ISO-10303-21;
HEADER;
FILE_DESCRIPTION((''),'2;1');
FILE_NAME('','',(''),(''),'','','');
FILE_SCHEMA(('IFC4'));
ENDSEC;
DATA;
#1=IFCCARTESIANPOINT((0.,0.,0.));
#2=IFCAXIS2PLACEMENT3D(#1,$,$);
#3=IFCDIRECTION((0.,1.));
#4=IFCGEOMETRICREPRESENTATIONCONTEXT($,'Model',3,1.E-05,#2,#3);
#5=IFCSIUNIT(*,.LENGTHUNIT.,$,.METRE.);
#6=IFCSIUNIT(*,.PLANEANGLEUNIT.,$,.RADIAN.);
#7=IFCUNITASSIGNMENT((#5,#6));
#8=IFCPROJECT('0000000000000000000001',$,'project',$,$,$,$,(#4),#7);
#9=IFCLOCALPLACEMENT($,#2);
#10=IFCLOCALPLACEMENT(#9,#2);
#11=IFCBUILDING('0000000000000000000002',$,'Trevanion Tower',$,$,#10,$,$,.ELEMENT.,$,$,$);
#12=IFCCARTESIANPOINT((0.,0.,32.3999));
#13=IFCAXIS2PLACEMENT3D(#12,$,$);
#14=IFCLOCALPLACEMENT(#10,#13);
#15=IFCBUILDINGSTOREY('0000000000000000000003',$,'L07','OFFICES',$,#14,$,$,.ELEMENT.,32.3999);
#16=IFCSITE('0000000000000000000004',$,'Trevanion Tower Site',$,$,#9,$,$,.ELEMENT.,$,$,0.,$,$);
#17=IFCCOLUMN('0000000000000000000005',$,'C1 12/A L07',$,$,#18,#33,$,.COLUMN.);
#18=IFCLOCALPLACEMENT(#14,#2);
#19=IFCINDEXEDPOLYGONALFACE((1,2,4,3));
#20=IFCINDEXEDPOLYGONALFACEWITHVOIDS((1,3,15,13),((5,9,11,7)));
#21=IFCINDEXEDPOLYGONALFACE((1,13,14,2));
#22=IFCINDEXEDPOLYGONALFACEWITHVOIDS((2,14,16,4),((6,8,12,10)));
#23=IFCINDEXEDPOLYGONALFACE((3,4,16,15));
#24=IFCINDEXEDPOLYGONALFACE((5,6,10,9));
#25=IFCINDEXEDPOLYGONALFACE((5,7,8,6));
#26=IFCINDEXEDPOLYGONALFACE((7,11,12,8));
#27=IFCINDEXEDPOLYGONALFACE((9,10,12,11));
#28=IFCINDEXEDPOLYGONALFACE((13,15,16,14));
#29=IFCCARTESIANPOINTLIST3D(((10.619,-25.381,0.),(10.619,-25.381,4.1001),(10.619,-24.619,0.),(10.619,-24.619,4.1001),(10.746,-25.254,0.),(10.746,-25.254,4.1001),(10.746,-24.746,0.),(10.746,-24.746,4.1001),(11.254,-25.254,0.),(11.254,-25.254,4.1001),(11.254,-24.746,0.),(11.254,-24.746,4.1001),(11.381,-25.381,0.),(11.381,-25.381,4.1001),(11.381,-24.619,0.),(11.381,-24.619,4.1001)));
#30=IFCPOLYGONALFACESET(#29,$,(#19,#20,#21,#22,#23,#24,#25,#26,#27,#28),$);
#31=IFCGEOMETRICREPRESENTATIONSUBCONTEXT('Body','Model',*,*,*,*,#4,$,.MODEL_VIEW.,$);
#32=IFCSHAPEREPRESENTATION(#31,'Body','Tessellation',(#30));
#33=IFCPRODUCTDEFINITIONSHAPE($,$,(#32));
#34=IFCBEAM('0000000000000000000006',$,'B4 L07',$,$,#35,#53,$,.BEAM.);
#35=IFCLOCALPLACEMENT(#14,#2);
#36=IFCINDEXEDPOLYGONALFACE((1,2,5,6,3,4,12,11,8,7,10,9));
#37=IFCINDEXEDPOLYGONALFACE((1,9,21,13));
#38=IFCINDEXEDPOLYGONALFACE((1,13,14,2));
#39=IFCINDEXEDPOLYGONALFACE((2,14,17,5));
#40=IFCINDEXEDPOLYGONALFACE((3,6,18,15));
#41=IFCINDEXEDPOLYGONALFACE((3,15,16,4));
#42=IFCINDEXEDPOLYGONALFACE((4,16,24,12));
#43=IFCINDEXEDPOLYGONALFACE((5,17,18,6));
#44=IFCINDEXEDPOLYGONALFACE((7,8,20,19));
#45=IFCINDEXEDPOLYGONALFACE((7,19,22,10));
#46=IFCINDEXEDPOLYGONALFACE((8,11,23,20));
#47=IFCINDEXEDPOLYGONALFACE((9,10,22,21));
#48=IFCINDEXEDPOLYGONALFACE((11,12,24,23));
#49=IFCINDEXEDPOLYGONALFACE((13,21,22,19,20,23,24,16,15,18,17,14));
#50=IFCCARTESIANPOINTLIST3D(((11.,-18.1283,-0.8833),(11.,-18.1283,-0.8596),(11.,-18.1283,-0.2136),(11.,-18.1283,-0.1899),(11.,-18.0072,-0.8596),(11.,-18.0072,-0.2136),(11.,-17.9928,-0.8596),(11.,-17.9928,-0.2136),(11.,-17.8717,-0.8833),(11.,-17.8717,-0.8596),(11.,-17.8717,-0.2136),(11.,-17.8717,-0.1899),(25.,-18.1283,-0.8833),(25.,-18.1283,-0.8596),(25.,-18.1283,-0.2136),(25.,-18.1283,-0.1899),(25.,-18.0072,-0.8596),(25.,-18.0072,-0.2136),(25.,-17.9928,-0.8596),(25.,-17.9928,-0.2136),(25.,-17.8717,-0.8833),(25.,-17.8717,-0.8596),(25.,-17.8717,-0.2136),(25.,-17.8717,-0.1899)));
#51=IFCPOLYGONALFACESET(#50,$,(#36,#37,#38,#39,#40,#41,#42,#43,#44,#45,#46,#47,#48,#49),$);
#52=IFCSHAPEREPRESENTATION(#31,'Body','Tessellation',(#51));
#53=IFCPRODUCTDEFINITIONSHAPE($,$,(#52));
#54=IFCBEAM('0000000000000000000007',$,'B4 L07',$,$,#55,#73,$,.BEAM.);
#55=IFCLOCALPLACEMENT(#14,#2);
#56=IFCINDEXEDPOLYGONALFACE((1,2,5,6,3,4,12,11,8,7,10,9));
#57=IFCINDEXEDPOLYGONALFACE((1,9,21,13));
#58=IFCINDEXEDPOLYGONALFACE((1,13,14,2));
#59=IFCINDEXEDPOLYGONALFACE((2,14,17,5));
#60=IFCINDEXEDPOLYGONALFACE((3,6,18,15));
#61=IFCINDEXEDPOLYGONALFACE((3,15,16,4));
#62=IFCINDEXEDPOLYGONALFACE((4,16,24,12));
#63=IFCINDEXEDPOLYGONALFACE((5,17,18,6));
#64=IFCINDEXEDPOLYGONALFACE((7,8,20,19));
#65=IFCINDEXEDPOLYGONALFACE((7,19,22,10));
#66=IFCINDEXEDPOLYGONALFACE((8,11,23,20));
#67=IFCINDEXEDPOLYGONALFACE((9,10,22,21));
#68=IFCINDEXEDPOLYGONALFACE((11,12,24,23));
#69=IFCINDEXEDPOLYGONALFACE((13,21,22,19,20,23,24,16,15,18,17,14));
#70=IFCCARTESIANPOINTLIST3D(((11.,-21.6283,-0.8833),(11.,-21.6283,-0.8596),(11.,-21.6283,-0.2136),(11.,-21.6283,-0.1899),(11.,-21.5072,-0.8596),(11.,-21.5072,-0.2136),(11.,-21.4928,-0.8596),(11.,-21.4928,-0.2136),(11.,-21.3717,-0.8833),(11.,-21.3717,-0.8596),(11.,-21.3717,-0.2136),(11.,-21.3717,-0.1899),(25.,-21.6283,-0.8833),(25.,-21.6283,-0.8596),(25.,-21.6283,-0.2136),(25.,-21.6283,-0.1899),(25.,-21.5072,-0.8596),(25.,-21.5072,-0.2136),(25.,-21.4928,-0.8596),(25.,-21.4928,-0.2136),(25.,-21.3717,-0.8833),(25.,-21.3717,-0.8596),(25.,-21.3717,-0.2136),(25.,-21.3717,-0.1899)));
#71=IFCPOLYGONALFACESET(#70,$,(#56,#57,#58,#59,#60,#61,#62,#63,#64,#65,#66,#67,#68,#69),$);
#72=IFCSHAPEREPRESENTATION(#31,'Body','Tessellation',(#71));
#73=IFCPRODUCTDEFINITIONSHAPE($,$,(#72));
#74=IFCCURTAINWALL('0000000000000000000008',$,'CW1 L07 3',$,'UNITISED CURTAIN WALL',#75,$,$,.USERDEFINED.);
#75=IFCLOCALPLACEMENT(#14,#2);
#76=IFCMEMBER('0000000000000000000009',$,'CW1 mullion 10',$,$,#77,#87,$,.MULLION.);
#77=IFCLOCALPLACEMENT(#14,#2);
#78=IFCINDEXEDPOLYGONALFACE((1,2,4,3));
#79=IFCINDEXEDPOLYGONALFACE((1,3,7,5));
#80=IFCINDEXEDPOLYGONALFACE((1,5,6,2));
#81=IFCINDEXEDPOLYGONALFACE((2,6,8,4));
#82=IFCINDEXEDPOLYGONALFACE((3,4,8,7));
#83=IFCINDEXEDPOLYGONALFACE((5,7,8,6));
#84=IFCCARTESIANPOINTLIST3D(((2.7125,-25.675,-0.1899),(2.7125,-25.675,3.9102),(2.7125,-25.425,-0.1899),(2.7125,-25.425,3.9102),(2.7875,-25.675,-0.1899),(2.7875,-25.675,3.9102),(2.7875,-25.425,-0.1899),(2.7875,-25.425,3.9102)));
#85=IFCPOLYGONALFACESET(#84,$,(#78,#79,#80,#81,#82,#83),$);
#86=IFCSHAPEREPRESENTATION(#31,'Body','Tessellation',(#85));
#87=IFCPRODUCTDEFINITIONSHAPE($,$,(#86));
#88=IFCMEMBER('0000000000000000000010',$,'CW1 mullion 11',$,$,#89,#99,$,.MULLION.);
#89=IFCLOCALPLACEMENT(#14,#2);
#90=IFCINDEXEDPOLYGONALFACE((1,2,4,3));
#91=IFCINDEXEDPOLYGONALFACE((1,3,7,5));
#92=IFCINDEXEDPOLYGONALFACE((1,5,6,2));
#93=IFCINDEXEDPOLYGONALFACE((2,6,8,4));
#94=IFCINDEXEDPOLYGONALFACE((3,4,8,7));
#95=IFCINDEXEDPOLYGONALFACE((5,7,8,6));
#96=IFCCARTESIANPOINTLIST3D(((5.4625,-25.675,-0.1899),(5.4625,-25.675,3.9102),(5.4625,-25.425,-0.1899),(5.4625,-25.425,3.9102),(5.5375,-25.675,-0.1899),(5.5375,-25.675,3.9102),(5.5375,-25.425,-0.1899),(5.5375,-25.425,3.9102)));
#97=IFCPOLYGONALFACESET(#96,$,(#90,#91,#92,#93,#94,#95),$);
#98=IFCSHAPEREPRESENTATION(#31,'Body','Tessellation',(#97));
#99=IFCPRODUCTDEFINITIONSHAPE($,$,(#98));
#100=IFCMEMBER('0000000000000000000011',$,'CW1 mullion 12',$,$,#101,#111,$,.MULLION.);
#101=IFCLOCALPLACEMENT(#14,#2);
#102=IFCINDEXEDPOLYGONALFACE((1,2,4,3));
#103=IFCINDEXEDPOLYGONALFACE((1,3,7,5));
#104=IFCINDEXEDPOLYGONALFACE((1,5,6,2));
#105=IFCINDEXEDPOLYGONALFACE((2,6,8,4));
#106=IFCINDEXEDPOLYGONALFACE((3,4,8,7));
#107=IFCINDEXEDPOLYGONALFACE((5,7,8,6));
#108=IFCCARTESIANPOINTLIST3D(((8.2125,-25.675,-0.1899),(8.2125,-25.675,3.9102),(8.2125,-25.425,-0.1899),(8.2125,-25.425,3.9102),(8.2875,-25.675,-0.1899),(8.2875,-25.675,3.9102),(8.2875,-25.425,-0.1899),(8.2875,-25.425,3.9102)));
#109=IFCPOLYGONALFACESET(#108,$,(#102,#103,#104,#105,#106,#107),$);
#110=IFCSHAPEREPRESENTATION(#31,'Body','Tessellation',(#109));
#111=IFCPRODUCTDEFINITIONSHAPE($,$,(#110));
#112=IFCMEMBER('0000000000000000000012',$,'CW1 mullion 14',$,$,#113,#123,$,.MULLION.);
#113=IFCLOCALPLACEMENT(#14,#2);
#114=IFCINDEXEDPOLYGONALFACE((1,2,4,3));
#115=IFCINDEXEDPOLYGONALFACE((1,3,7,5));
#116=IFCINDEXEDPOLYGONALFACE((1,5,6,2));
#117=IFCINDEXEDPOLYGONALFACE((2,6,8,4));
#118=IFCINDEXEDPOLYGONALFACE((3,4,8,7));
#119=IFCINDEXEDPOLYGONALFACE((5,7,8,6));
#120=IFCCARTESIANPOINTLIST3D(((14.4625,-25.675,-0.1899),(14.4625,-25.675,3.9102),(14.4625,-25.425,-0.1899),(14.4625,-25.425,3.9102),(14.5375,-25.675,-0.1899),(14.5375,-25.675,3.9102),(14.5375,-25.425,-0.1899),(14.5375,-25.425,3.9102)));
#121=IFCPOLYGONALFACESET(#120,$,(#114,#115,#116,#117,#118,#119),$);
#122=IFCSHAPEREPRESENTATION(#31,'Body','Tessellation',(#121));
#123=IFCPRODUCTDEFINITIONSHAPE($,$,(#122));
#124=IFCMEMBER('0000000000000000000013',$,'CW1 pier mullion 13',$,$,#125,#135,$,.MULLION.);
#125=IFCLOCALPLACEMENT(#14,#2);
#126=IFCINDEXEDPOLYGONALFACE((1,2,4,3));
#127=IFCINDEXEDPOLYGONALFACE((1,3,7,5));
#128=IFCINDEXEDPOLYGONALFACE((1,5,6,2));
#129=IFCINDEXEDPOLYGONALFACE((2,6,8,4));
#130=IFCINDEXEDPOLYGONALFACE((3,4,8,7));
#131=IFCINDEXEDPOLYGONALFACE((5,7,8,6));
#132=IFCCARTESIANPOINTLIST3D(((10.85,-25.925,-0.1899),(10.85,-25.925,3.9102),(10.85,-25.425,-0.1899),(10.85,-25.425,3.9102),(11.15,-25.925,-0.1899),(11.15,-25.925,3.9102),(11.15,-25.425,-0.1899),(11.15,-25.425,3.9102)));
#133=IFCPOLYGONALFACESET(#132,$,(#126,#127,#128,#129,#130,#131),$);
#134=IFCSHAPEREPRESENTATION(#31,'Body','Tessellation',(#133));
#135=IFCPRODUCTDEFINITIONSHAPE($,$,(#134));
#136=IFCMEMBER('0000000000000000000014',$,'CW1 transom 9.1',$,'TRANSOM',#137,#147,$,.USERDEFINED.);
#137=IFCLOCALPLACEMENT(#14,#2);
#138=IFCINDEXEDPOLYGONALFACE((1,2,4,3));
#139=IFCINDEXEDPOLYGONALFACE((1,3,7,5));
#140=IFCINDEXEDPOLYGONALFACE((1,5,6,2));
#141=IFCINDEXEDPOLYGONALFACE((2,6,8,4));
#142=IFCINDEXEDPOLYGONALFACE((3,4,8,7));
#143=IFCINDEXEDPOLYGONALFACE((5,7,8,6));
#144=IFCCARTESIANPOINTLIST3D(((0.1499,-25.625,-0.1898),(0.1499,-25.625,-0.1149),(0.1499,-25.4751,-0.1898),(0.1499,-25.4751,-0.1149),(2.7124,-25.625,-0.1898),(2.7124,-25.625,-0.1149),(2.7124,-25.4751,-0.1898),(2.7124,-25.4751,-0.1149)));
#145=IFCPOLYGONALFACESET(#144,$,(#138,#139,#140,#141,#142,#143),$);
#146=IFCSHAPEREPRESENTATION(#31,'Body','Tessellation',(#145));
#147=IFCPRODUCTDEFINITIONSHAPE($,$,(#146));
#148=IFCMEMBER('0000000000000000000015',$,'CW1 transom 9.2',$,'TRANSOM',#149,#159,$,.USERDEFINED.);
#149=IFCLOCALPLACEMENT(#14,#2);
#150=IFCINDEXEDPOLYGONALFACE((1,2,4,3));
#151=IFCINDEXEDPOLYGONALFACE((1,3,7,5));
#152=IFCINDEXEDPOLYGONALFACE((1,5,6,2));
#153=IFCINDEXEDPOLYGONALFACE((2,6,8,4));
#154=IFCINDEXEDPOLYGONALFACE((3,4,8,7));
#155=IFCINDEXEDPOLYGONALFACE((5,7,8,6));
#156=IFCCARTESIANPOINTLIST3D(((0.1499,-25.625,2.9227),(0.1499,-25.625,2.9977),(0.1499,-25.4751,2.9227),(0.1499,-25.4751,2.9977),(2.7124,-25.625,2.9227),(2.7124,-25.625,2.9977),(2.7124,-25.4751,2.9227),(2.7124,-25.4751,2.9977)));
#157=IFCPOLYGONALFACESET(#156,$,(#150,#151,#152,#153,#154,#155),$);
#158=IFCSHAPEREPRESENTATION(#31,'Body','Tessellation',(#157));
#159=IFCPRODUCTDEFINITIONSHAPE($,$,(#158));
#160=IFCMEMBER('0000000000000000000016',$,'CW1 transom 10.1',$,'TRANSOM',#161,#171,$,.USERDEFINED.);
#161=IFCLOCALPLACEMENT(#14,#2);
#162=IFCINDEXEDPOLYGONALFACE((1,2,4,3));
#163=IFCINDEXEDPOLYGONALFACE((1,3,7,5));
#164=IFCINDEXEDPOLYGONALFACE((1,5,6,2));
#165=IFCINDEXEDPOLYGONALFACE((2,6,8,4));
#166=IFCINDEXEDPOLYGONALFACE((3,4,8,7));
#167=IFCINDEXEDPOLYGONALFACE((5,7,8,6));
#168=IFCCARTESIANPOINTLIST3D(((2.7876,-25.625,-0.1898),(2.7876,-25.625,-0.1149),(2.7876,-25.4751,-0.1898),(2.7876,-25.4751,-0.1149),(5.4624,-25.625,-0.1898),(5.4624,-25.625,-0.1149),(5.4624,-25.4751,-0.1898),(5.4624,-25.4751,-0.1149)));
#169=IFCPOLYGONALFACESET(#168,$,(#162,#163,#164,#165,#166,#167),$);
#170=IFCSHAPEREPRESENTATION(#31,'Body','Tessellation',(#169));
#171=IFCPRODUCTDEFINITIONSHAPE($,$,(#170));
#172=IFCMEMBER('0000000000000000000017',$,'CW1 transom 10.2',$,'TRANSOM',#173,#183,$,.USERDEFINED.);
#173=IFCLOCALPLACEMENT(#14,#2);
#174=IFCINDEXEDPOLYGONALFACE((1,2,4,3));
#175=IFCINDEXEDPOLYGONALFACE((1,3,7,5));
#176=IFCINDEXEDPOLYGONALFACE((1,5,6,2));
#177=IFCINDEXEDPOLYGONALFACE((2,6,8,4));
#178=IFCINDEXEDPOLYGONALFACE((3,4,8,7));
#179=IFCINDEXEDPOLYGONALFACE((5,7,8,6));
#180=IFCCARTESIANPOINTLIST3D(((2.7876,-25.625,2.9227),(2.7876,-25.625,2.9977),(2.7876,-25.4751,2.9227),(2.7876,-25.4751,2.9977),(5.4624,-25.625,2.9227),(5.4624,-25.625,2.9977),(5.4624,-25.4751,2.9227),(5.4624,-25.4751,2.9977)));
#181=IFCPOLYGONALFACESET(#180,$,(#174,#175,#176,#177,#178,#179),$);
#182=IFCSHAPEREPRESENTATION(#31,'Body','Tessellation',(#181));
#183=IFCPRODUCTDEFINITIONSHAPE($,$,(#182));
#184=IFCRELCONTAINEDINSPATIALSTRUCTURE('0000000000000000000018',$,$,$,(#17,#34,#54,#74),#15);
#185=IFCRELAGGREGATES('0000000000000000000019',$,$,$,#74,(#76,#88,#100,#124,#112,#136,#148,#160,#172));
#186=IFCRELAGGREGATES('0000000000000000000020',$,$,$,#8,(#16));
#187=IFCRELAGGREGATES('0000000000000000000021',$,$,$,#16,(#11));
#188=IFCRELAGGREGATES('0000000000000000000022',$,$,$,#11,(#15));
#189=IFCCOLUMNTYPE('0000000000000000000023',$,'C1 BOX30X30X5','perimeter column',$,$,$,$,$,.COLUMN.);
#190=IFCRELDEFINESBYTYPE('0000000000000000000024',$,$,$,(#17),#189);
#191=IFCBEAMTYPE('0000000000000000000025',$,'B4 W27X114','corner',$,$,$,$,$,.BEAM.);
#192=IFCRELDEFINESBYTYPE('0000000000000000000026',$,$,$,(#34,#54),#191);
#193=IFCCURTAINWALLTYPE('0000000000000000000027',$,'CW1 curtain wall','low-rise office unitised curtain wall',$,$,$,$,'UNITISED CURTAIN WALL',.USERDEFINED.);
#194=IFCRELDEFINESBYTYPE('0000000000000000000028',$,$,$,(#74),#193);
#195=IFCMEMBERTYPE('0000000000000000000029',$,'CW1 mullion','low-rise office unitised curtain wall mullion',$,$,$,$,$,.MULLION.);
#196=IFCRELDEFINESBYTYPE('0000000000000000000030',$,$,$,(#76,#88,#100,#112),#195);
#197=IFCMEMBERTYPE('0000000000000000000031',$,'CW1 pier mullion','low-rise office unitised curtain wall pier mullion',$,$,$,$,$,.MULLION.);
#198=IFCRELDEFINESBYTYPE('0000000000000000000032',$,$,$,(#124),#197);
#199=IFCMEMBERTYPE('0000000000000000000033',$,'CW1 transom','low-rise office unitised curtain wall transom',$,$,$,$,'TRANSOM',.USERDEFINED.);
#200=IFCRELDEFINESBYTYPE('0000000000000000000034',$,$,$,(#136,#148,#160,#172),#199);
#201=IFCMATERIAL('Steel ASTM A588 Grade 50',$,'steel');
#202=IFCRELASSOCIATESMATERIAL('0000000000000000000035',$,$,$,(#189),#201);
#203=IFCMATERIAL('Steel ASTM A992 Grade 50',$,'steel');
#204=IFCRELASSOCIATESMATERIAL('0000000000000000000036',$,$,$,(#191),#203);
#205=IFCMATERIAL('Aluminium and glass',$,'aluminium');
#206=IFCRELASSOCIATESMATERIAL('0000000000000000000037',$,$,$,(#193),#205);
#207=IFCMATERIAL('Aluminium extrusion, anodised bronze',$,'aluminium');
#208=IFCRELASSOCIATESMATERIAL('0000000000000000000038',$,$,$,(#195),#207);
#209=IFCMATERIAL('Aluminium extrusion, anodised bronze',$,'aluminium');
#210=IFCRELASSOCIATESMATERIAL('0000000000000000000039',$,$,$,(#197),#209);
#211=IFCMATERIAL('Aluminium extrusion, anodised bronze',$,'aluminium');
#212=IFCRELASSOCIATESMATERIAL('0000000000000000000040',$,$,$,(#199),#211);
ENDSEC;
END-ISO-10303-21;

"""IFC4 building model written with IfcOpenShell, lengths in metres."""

from ifc_helpers import new_model, si_unit, direction, frame, origin, origin_2d, place, context, subcontext, project, spatial, rectangle, hollow_rectangle, i_section, extrude, material, material_profile, profile_set, type_object, element, aggregate, save


model = new_model("IFC4")

# Units and contexts
model_context = context("Model", 3, precision=1e-05, world=origin(), true_north=direction((0.0, 1.0)))
body_context = subcontext(model_context, "Body", "Model", "MODEL_VIEW")
ifc_project = project(units=[si_unit("LENGTHUNIT", "METRE"), si_unit("PLANEANGLEUNIT", "RADIAN")], contexts=[model_context])

# Site, building, storey
site_placement = place(None, origin())
site = spatial("IfcSite", under=ifc_project, at=site_placement, Name="Trevanion Tower Site", CompositionType="ELEMENT", RefElevation=0.0)
building_placement = place(site_placement, origin())
building = spatial("IfcBuilding", under=site, at=building_placement, Name="Trevanion Tower", CompositionType="ELEMENT")
storey_placement = place(building_placement, frame((0.0, 0.0, 32.3999)))
storey = spatial("IfcBuildingStorey", under=building, at=storey_placement, Name="L07", Description="OFFICES", CompositionType="ELEMENT", Elevation=32.3999)

# Column
ifc_material_1 = material(Name="Steel ASTM A588 Grade 50", Category="steel")
ifc_material_profile_1 = material_profile(ifc_material_1, hollow_rectangle(XDim=0.762, YDim=0.762, WallThickness=0.127, at=origin_2d()), Name="BOX30X30X5")
ifc_profile_set_1 = profile_set([ifc_material_profile_1], Name="Steel ASTM A588 Grade 50")
column_type = type_object("IfcColumnType", Name="C1 BOX30X30X5", Description="perimeter column", PredefinedType="COLUMN", material=ifc_profile_set_1)
column_placement = place(storey_placement, frame((11.0, -25.0, 0.0), z_axis=(0.0, 0.0, 1.0), x_axis=(1.0, 0.0, 0.0)))
element("IfcColumn", 1, at=column_placement, inside=storey, type_object=column_type, Name="C1 12/A L07", PredefinedType="COLUMN", context=body_context, shape_type="SweptSolid", body=[
    extrude(hollow_rectangle(XDim=0.762, YDim=0.762, WallThickness=0.127, at=origin_2d()), origin(), (0.0, 0.0, 1.0), 4.1001),
])

# Beams
ifc_material_2 = material(Name="Steel ASTM A992 Grade 50", Category="steel")
ifc_material_profile_2 = material_profile(ifc_material_2, i_section(OverallWidth=0.2566, OverallDepth=0.6934, WebThickness=0.0144, FlangeThickness=0.0237, at=origin_2d()), Name="W27X114")
ifc_profile_set_2 = profile_set([ifc_material_profile_2], Name="Steel ASTM A992 Grade 50")
beam_type_1 = type_object("IfcBeamType", Name="B4 W27X114", Description="corner", PredefinedType="BEAM", material=ifc_profile_set_2)
for number, where, z_axis, x_axis, name in (
    (2, (11.0, -18.0, -0.5366), (1.0, 0.0, 0.0), (0.0, 1.0, 0.0), "B4 L07"),
    (3, (11.0, -21.5, -0.5366), (1.0, 0.0, 0.0), (0.0, 1.0, 0.0), "B4 L07"),
):
    element("IfcBeam", number, at=place(storey_placement, frame(where, z_axis=z_axis, x_axis=x_axis)), inside=storey, type_object=beam_type_1, Name=name, PredefinedType="BEAM", context=body_context, shape_type="SweptSolid", body=[
        extrude(i_section(OverallWidth=0.2566, OverallDepth=0.6934, WebThickness=0.0144, FlangeThickness=0.0237, at=origin_2d()), origin(), (0.0, 0.0, 1.0), 14.0),
    ])

# Curtain wall, members
ifc_material_3 = material(Name="Aluminium and glass", Category="aluminium")
curtain_wall_type = type_object("IfcCurtainWallType", Name="CW1 curtain wall", Description="low-rise office unitised curtain wall", ElementType="UNITISED CURTAIN WALL", PredefinedType="USERDEFINED", material=ifc_material_3)
curtain_wall_placement = place(storey_placement, origin())
curtain_wall = element("IfcCurtainWall", 4, at=curtain_wall_placement, inside=storey, type_object=curtain_wall_type, Name="CW1 L07 3", ObjectType="UNITISED CURTAIN WALL", PredefinedType="USERDEFINED")
ifc_material_4 = material(Name="Aluminium extrusion, anodised bronze", Category="aluminium")
ifc_material_profile_3 = material_profile(ifc_material_4, rectangle(XDim=0.075, YDim=0.25, at=origin_2d()), Name="CW1 mullion")
ifc_profile_set_3 = profile_set([ifc_material_profile_3], Name="Aluminium extrusion, anodised bronze")
member_type_1 = type_object("IfcMemberType", Name="CW1 mullion", Description="low-rise office unitised curtain wall mullion", PredefinedType="MULLION", material=ifc_profile_set_3)
member_1_placement = place(storey_placement, frame((2.75, -25.55, -0.1899), z_axis=(0.0, 0.0, 1.0), x_axis=(1.0, 0.0, 0.0)))
member_1 = element("IfcMember", 5, at=member_1_placement, type_object=member_type_1, Name="CW1 mullion 10", PredefinedType="MULLION", context=body_context, shape_type="SweptSolid", body=[
    extrude(rectangle(XDim=0.075, YDim=0.25, at=origin_2d()), origin(), (0.0, 0.0, 1.0), 4.1001),
])
member_2_placement = place(storey_placement, frame((5.5, -25.55, -0.1899), z_axis=(0.0, 0.0, 1.0), x_axis=(1.0, 0.0, 0.0)))
member_2 = element("IfcMember", 6, at=member_2_placement, type_object=member_type_1, Name="CW1 mullion 11", PredefinedType="MULLION", context=body_context, shape_type="SweptSolid", body=[
    extrude(rectangle(XDim=0.075, YDim=0.25, at=origin_2d()), origin(), (0.0, 0.0, 1.0), 4.1001),
])
member_3_placement = place(storey_placement, frame((8.25, -25.55, -0.1899), z_axis=(0.0, 0.0, 1.0), x_axis=(1.0, 0.0, 0.0)))
member_3 = element("IfcMember", 7, at=member_3_placement, type_object=member_type_1, Name="CW1 mullion 12", PredefinedType="MULLION", context=body_context, shape_type="SweptSolid", body=[
    extrude(rectangle(XDim=0.075, YDim=0.25, at=origin_2d()), origin(), (0.0, 0.0, 1.0), 4.1001),
])
member_4_placement = place(storey_placement, frame((14.5, -25.55, -0.1899), z_axis=(0.0, 0.0, 1.0), x_axis=(1.0, 0.0, 0.0)))
member_4 = element("IfcMember", 8, at=member_4_placement, type_object=member_type_1, Name="CW1 mullion 14", PredefinedType="MULLION", context=body_context, shape_type="SweptSolid", body=[
    extrude(rectangle(XDim=0.075, YDim=0.25, at=origin_2d()), origin(), (0.0, 0.0, 1.0), 4.1001),
])
ifc_material_5 = material(Name="Aluminium extrusion, anodised bronze", Category="aluminium")
ifc_material_profile_4 = material_profile(ifc_material_5, rectangle(XDim=0.3, YDim=0.5, at=origin_2d()), Name="CW1 pier mullion")
ifc_profile_set_4 = profile_set([ifc_material_profile_4], Name="Aluminium extrusion, anodised bronze")
member_type_2 = type_object("IfcMemberType", Name="CW1 pier mullion", Description="low-rise office unitised curtain wall pier mullion", PredefinedType="MULLION", material=ifc_profile_set_4)
member_5_placement = place(storey_placement, frame((11.0, -25.675, -0.1899), z_axis=(0.0, 0.0, 1.0), x_axis=(1.0, 0.0, 0.0)))
member_5 = element("IfcMember", 9, at=member_5_placement, type_object=member_type_2, Name="CW1 pier mullion 13", PredefinedType="MULLION", context=body_context, shape_type="SweptSolid", body=[
    extrude(rectangle(XDim=0.3, YDim=0.5, at=origin_2d()), origin(), (0.0, 0.0, 1.0), 4.1001),
])
ifc_material_6 = material(Name="Aluminium extrusion, anodised bronze", Category="aluminium")
ifc_material_profile_5 = material_profile(ifc_material_6, rectangle(XDim=0.1499, YDim=0.075, at=origin_2d()), Name="CW1 transom")
ifc_profile_set_5 = profile_set([ifc_material_profile_5], Name="Aluminium extrusion, anodised bronze")
member_type_3 = type_object("IfcMemberType", Name="CW1 transom", Description="low-rise office unitised curtain wall transom", ElementType="TRANSOM", PredefinedType="USERDEFINED", material=ifc_profile_set_5)
member_6_placement = place(storey_placement, frame((0.1499, -25.55, -0.1523), z_axis=(1.0, 0.0, 0.0), x_axis=(0.0, 1.0, 0.0)))
member_6 = element("IfcMember", 10, at=member_6_placement, type_object=member_type_3, Name="CW1 transom 9.1", ObjectType="TRANSOM", PredefinedType="USERDEFINED", context=body_context, shape_type="SweptSolid", body=[
    extrude(rectangle(XDim=0.1499, YDim=0.075, at=origin_2d()), origin(), (0.0, 0.0, 1.0), 2.5625),
])
member_7_placement = place(storey_placement, frame((0.1499, -25.55, 2.9602), z_axis=(1.0, 0.0, 0.0), x_axis=(0.0, 1.0, 0.0)))
member_7 = element("IfcMember", 11, at=member_7_placement, type_object=member_type_3, Name="CW1 transom 9.2", ObjectType="TRANSOM", PredefinedType="USERDEFINED", context=body_context, shape_type="SweptSolid", body=[
    extrude(rectangle(XDim=0.1499, YDim=0.075, at=origin_2d()), origin(), (0.0, 0.0, 1.0), 2.5625),
])
member_8_placement = place(storey_placement, frame((2.7876, -25.55, -0.1523), z_axis=(1.0, 0.0, 0.0), x_axis=(0.0, 1.0, 0.0)))
member_8 = element("IfcMember", 12, at=member_8_placement, type_object=member_type_3, Name="CW1 transom 10.1", ObjectType="TRANSOM", PredefinedType="USERDEFINED", context=body_context, shape_type="SweptSolid", body=[
    extrude(rectangle(XDim=0.1499, YDim=0.075, at=origin_2d()), origin(), (0.0, 0.0, 1.0), 2.6748),
])
member_9_placement = place(storey_placement, frame((2.7876, -25.55, 2.9602), z_axis=(1.0, 0.0, 0.0), x_axis=(0.0, 1.0, 0.0)))
member_9 = element("IfcMember", 13, at=member_9_placement, type_object=member_type_3, Name="CW1 transom 10.2", ObjectType="TRANSOM", PredefinedType="USERDEFINED", context=body_context, shape_type="SweptSolid", body=[
    extrude(rectangle(XDim=0.1499, YDim=0.075, at=origin_2d()), origin(), (0.0, 0.0, 1.0), 2.6748),
])

aggregate(curtain_wall, [member_1, member_2, member_3, member_5, member_4, member_6, member_7, member_8, member_9])

save(model, "model.ifc")
